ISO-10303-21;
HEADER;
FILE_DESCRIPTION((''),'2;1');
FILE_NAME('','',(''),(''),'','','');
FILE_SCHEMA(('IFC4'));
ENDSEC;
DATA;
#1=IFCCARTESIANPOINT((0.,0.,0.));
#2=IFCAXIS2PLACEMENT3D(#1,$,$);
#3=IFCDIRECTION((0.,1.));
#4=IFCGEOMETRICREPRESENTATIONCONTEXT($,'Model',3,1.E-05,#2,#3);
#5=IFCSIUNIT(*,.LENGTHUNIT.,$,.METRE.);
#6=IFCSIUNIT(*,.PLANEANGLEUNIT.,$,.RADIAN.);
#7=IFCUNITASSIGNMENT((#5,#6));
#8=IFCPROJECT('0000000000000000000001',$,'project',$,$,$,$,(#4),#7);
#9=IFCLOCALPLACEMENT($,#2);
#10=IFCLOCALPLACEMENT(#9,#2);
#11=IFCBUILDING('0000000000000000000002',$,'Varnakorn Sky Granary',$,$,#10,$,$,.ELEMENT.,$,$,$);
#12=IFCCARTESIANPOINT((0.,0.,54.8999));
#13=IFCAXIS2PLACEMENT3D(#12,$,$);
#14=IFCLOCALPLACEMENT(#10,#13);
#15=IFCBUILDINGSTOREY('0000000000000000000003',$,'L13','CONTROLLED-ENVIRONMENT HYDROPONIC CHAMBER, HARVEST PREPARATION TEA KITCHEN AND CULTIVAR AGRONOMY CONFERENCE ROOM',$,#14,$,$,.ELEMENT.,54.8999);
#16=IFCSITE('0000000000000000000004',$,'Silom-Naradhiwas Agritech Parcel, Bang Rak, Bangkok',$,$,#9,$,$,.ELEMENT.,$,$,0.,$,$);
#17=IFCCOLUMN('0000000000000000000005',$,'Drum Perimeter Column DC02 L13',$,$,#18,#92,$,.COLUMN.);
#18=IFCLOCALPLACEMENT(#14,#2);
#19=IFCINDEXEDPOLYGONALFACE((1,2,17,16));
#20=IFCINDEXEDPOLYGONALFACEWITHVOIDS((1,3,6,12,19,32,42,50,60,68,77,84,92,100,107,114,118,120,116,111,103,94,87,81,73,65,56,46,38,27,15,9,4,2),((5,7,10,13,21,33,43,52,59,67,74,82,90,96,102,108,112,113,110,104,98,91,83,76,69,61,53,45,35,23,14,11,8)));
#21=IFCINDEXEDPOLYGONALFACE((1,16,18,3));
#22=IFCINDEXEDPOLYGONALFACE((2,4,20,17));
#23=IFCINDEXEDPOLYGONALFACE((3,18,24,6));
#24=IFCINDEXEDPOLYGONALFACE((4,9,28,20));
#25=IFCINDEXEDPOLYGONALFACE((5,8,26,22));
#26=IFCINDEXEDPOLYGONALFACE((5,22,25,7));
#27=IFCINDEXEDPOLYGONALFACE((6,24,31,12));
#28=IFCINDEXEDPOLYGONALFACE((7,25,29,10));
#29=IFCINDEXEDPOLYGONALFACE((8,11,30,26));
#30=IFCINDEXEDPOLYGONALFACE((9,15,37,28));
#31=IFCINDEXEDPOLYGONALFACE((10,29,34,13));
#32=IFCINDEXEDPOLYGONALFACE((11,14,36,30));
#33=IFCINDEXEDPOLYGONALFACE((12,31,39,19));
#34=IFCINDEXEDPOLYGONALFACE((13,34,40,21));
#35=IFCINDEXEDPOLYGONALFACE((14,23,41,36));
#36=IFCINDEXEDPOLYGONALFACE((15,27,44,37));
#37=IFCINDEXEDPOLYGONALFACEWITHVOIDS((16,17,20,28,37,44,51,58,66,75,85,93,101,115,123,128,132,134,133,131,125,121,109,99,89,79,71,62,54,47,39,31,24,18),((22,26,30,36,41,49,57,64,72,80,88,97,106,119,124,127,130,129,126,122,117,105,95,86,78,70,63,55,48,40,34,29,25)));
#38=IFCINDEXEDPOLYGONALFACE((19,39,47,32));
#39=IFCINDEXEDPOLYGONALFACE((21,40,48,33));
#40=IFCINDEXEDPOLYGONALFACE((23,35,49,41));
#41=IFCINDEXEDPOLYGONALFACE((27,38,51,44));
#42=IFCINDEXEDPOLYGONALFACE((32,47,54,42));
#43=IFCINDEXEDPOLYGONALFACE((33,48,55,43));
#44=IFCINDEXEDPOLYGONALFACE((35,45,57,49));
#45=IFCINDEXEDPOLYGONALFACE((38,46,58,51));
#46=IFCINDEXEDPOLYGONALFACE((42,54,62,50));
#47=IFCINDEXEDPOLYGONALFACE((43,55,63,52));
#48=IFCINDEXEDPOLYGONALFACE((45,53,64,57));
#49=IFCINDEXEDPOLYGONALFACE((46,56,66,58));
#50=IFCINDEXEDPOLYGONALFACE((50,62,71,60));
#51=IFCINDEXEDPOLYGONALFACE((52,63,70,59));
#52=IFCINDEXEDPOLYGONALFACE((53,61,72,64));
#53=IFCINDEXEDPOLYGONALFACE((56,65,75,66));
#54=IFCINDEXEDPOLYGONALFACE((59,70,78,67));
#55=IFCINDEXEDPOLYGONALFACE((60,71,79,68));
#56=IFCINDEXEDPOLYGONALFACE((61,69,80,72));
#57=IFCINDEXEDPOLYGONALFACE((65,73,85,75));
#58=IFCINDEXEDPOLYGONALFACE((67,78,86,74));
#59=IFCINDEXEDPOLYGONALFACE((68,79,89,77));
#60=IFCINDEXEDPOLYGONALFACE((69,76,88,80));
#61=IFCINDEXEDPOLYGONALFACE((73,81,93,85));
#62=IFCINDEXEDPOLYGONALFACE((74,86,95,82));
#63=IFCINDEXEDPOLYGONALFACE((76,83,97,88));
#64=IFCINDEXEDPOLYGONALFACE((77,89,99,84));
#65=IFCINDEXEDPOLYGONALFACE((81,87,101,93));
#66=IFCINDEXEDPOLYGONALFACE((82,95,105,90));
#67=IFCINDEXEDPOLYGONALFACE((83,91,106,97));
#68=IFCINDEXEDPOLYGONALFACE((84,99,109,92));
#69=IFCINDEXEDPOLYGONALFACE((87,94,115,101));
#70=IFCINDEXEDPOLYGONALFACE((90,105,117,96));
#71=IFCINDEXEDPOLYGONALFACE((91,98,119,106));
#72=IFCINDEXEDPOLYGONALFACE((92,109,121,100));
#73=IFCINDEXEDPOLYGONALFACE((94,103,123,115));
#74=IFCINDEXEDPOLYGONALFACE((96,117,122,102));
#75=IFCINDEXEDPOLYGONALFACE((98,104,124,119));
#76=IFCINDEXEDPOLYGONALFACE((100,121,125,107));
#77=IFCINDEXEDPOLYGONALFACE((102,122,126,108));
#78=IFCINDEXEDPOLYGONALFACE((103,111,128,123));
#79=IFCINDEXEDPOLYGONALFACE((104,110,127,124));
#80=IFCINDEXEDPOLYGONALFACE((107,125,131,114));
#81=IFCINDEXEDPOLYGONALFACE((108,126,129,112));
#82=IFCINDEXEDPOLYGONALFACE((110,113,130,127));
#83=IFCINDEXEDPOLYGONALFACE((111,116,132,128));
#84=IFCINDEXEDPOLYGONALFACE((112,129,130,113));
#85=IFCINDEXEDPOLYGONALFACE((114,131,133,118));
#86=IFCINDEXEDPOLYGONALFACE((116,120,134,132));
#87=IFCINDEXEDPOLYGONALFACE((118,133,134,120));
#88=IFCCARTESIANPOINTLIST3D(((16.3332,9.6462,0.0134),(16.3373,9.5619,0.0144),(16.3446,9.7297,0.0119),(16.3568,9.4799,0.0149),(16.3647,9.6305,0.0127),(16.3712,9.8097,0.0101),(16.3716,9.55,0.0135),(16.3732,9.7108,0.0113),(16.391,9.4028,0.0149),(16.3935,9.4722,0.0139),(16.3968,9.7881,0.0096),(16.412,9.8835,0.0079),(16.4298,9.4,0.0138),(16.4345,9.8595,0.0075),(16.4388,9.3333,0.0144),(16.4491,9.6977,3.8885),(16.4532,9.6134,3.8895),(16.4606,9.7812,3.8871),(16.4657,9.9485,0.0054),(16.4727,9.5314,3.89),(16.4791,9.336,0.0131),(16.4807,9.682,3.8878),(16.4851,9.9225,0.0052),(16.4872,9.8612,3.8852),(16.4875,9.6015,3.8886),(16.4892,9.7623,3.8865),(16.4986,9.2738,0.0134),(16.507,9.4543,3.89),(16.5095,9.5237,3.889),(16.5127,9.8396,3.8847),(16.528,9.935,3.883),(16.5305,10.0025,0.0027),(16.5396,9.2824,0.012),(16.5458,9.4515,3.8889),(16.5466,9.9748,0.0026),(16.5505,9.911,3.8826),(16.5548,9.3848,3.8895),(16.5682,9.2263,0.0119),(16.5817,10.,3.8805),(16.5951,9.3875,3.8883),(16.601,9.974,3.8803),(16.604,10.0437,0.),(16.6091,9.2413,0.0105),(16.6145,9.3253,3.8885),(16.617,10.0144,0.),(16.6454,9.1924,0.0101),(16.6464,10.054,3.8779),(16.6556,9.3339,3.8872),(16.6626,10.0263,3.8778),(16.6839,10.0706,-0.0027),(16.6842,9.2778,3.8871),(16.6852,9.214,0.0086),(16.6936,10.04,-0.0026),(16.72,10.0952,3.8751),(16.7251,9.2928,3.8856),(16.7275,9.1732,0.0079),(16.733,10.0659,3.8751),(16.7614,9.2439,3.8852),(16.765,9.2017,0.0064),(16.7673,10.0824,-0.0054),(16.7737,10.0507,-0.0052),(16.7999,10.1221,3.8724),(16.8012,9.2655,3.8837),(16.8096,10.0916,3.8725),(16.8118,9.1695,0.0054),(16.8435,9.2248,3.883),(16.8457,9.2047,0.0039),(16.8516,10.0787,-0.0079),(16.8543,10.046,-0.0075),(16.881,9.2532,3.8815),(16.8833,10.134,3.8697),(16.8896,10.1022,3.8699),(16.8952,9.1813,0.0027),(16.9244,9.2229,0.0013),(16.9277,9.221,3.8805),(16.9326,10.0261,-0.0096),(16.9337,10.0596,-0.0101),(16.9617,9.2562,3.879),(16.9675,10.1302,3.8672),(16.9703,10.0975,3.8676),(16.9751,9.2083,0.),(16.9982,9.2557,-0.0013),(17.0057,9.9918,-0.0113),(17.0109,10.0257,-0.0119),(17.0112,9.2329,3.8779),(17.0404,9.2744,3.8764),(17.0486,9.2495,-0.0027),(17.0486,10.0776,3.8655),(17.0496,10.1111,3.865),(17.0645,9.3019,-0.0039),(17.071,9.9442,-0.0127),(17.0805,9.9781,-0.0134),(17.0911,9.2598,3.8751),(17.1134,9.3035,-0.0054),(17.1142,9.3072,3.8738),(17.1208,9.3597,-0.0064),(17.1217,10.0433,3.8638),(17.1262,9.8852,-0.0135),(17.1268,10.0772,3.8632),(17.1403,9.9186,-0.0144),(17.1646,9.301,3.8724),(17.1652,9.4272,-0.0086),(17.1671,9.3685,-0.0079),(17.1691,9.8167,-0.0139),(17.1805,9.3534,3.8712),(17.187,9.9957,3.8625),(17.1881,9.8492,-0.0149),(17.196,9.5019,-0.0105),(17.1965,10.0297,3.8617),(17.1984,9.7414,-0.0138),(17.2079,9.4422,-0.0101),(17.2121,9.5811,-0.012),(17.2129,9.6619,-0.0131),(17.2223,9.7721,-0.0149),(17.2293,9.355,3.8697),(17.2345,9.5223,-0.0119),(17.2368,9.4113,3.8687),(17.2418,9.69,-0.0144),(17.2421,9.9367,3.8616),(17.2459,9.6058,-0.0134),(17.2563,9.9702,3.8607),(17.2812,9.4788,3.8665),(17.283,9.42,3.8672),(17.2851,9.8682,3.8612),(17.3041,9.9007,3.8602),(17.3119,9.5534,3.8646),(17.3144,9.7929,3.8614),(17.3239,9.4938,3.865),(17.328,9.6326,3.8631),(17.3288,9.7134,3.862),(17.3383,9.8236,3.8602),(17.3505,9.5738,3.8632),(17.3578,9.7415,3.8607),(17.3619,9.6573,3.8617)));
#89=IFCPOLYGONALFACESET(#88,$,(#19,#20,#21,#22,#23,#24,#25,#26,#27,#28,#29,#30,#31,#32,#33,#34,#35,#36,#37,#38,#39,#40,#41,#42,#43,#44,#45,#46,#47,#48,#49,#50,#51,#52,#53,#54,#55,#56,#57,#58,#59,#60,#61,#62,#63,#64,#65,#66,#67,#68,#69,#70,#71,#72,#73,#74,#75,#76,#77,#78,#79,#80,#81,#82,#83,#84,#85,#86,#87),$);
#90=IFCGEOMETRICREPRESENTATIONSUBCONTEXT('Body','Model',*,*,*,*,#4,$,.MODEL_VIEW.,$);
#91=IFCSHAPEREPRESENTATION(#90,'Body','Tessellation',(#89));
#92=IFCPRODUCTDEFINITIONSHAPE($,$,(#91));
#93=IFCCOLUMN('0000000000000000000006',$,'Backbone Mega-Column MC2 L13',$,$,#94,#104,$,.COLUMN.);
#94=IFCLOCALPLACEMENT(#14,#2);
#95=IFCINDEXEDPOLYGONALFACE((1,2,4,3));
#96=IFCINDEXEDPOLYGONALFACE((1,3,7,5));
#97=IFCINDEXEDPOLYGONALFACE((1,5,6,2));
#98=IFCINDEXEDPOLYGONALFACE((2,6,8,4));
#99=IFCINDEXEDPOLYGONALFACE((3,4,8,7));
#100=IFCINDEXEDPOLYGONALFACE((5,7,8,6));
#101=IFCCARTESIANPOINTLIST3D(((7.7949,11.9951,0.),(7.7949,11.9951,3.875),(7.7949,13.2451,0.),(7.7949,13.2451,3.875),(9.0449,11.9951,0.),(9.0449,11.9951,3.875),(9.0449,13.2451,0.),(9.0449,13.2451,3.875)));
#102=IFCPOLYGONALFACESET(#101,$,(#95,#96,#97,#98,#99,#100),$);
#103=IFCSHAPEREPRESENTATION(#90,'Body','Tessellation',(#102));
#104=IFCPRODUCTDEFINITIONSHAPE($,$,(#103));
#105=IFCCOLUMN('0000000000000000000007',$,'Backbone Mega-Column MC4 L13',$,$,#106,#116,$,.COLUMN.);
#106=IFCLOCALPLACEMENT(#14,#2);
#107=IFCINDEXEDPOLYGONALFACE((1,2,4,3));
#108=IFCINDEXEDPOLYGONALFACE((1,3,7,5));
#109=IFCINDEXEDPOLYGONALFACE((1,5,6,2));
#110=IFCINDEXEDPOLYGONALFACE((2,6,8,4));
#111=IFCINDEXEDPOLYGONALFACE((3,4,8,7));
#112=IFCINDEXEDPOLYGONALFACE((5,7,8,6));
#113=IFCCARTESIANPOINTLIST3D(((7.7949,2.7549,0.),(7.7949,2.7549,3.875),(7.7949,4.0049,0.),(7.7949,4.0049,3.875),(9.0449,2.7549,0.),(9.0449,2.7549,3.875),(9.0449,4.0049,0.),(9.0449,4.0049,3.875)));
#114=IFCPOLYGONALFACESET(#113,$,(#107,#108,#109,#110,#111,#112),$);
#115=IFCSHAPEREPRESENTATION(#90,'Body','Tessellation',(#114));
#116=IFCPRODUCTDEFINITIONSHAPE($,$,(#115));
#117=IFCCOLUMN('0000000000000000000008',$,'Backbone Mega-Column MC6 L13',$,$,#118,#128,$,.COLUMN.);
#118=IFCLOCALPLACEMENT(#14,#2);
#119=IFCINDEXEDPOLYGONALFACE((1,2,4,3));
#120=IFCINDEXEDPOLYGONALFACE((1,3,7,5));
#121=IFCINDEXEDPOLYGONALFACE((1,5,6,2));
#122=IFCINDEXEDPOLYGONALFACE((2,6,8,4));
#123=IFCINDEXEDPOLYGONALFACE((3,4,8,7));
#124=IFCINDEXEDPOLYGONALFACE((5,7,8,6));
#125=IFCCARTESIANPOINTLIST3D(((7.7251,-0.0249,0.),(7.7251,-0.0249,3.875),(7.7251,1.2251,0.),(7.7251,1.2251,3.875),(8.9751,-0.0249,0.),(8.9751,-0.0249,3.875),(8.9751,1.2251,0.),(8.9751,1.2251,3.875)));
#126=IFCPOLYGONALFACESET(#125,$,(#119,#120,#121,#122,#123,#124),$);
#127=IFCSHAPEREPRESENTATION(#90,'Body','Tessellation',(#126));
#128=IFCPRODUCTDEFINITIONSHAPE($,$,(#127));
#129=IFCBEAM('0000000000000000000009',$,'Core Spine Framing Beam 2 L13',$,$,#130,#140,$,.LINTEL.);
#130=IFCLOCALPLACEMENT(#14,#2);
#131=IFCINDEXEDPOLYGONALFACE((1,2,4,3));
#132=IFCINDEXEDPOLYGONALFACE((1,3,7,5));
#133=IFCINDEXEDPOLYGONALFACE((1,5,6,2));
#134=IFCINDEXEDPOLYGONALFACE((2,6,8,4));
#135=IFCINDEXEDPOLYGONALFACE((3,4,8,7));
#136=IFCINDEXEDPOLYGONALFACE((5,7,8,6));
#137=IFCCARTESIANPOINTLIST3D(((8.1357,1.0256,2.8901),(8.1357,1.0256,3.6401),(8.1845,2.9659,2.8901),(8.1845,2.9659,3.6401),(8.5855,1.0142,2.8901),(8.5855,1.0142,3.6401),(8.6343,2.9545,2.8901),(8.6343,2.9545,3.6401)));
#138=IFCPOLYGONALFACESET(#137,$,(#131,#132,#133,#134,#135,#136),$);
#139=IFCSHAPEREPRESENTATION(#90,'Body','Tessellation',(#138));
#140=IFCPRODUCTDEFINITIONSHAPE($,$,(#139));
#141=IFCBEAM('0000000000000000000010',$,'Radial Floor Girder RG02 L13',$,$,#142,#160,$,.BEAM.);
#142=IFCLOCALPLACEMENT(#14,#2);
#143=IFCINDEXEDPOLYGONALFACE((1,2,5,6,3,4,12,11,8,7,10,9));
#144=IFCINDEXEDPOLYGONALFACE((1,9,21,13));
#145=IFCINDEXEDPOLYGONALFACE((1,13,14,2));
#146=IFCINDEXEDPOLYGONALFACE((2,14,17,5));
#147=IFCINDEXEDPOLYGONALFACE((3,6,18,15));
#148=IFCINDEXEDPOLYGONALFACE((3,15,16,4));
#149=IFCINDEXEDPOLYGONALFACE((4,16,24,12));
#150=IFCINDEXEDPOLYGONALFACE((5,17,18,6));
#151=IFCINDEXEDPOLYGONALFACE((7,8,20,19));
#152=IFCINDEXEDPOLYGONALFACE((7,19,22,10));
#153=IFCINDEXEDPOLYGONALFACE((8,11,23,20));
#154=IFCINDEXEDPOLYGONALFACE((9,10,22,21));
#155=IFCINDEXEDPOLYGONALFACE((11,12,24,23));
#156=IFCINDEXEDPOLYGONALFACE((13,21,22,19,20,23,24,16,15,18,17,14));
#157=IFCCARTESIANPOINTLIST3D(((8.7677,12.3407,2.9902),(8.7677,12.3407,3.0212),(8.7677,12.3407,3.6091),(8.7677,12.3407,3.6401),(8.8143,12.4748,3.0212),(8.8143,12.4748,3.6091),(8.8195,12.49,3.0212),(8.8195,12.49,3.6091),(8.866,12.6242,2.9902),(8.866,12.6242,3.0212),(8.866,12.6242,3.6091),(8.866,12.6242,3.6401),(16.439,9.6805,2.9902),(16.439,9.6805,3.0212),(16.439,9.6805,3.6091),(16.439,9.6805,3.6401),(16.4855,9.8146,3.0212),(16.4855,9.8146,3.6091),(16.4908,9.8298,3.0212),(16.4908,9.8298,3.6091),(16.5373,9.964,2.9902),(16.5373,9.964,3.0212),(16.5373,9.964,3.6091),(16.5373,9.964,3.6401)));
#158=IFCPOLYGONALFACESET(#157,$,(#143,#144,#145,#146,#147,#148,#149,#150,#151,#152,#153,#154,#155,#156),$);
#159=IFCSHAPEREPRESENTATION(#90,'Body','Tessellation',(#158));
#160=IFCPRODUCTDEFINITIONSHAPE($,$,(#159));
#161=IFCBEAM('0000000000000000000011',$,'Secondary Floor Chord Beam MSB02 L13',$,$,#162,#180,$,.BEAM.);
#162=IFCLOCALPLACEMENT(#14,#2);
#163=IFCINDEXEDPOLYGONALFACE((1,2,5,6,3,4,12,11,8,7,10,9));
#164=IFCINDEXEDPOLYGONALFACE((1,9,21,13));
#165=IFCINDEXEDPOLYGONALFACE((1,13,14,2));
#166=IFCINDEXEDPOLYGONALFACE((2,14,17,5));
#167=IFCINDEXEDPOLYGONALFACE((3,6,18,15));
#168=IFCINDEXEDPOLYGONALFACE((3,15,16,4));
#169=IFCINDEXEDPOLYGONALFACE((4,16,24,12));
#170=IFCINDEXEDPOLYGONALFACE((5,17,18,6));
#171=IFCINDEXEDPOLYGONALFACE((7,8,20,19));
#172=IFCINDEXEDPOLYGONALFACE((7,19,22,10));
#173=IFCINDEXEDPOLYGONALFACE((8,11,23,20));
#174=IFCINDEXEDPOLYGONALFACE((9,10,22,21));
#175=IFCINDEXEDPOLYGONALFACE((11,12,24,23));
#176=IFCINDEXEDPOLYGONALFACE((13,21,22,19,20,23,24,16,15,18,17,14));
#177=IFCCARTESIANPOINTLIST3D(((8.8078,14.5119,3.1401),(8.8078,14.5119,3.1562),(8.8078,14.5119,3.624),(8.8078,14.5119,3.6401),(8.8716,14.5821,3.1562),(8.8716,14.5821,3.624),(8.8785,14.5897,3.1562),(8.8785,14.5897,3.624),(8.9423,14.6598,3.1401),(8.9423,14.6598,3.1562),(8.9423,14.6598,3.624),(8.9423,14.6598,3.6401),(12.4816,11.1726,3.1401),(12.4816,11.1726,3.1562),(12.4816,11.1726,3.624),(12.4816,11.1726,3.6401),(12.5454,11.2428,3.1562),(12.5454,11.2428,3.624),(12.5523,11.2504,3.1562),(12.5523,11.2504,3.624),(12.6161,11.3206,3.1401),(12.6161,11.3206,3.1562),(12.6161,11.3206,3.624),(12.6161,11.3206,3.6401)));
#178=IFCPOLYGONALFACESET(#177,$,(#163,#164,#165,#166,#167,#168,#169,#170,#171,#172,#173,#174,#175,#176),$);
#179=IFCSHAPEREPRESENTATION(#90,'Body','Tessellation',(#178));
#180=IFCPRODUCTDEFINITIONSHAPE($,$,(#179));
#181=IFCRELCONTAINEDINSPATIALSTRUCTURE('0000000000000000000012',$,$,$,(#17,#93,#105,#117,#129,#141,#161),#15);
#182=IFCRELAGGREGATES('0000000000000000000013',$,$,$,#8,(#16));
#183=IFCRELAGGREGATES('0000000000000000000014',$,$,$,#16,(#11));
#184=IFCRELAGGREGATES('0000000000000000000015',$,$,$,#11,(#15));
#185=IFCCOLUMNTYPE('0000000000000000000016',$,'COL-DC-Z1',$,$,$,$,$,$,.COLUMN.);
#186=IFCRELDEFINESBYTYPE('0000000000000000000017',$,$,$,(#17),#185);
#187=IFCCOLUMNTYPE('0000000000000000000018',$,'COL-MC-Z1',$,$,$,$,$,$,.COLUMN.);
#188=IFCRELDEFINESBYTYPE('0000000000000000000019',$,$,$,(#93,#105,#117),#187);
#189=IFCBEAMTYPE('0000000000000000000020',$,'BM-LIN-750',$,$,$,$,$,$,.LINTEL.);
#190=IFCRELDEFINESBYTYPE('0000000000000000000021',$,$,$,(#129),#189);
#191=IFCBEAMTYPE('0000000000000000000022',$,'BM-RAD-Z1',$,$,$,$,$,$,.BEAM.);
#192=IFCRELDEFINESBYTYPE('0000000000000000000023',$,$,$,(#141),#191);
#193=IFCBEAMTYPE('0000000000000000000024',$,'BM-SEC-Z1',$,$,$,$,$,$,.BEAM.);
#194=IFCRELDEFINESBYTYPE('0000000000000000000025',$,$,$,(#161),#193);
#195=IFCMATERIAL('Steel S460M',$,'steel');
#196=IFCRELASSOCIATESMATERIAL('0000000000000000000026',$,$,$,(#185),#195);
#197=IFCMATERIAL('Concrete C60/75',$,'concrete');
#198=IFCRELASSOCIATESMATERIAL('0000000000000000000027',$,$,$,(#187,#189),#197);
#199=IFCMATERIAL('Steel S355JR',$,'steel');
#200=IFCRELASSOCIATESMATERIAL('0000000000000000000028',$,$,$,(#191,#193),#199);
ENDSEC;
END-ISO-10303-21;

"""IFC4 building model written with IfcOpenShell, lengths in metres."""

from ifc_helpers import new_model, si_unit, direction, frame, origin, origin_2d, place, context, subcontext, project, spatial, rectangle, hollow_circle, i_section, extrude, material, material_profile, profile_set, type_object, element, save


model = new_model("IFC4")

# Units and contexts
model_context = context("Model", 3, precision=1e-05, world=origin(), true_north=direction((0.0, 1.0)))
body_context = subcontext(model_context, "Body", "Model", "MODEL_VIEW")
ifc_project = project(units=[si_unit("LENGTHUNIT", "METRE"), si_unit("PLANEANGLEUNIT", "RADIAN")], contexts=[model_context])

# Site, building, storey
site_placement = place(None, origin())
site = spatial("IfcSite", under=ifc_project, at=site_placement, Name="Silom-Naradhiwas Agritech Parcel, Bang Rak, Bangkok", CompositionType="ELEMENT", RefElevation=0.0)
building_placement = place(site_placement, origin())
building = spatial("IfcBuilding", under=site, at=building_placement, Name="Varnakorn Sky Granary", CompositionType="ELEMENT")
storey_placement = place(building_placement, frame((0.0, 0.0, 54.8999)))
storey = spatial("IfcBuildingStorey", under=building, at=storey_placement, Name="L13", Description="CONTROLLED-ENVIRONMENT HYDROPONIC CHAMBER, HARVEST PREPARATION TEA KITCHEN AND CULTIVAR AGRONOMY CONFERENCE ROOM", CompositionType="ELEMENT", Elevation=54.8999)

# Columns
ifc_material_1 = material(Name="Steel S460M", Category="steel")
ifc_material_profile_1 = material_profile(ifc_material_1, hollow_circle(Radius=0.457, WallThickness=0.032, at=origin_2d()), Name="CHS 914x32")
ifc_profile_set_1 = profile_set([ifc_material_profile_1], Name="Steel S460M")
column_type_1 = type_object("IfcColumnType", Name="COL-DC-Z1", PredefinedType="COLUMN", material=ifc_profile_set_1)
column_placement = place(storey_placement, frame((16.7896, 9.626, 0.0), z_axis=(0.029911, 0.013287, 0.999464), x_axis=(-0.40596, 0.913891, 0.0)))
element("IfcColumn", 1, at=column_placement, inside=storey, type_object=column_type_1, Name="Drum Perimeter Column DC02 L13", PredefinedType="COLUMN", context=body_context, shape_type="SweptSolid", body=[
    extrude(hollow_circle(Radius=0.457, WallThickness=0.032, at=origin_2d()), origin(), (0.0, 0.0, 1.0), 3.8772),
])
ifc_material_2 = material(Name="Concrete C60/75", Category="concrete")
ifc_material_profile_2 = material_profile(ifc_material_2, rectangle(XDim=1.25, YDim=1.25, at=origin_2d()), Name="RC 1250x1250")
ifc_profile_set_2 = profile_set([ifc_material_profile_2], Name="Concrete C60/75")
column_type_2 = type_object("IfcColumnType", Name="COL-MC-Z1", PredefinedType="COLUMN", material=ifc_profile_set_2)
for number, where, z_axis, x_axis, name in (
    (2, (8.4199, 12.6201, 0.0), (0.0, 0.0, 1.0), (1.0, 0.0, 0.0), "Backbone Mega-Column MC2 L13"),
    (3, (8.4199, 3.3799, 0.0), (0.0, 0.0, 1.0), (1.0, 0.0, 0.0), "Backbone Mega-Column MC4 L13"),
    (4, (8.3501, 0.6001, 0.0), (0.0, 0.0, 1.0), (1.0, 0.0, 0.0), "Backbone Mega-Column MC6 L13"),
):
    element("IfcColumn", number, at=place(storey_placement, frame(where, z_axis=z_axis, x_axis=x_axis)), inside=storey, type_object=column_type_2, Name=name, PredefinedType="COLUMN", context=body_context, shape_type="SweptSolid", body=[
        extrude(rectangle(XDim=1.25, YDim=1.25, at=origin_2d()), origin(), (0.0, 0.0, 1.0), 3.875),
    ])

# Beams
ifc_material_profile_3 = material_profile(ifc_material_2, rectangle(XDim=0.45, YDim=0.75, at=origin_2d()), Name="RC 450x750")
ifc_profile_set_3 = profile_set([ifc_material_profile_3], Name="Concrete C60/75")
beam_type_1 = type_object("IfcBeamType", Name="BM-LIN-750", PredefinedType="LINTEL", material=ifc_profile_set_3)
beam_1_placement = place(storey_placement, frame((8.4094, 2.9602, 3.2651), z_axis=(-0.025159, -0.999683, 0.0), x_axis=(0.999683, -0.025159, 0.0)))
element("IfcBeam", 5, at=beam_1_placement, inside=storey, type_object=beam_type_1, Name="Core Spine Framing Beam 2 L13", PredefinedType="LINTEL", context=body_context, shape_type="SweptSolid", body=[
    extrude(rectangle(XDim=0.45, YDim=0.75, at=origin_2d()), origin(), (0.0, 0.0, 1.0), 1.9409),
])
ifc_material_3 = material(Name="Steel S355JR", Category="steel")
ifc_material_profile_4 = material_profile(ifc_material_3, i_section(OverallWidth=0.3, OverallDepth=0.6499, WebThickness=0.0161, FlangeThickness=0.031, at=origin_2d()), Name="HE 650 B")
ifc_profile_set_4 = profile_set([ifc_material_profile_4], Name="Steel S355JR")
beam_type_2 = type_object("IfcBeamType", Name="BM-RAD-Z1", PredefinedType="BEAM", material=ifc_profile_set_4)
beam_2_placement = place(storey_placement, frame((8.8169, 12.4824, 3.3152), z_axis=(0.944805, -0.327634, 0.0), x_axis=(0.327634, 0.944805, 0.0)))
element("IfcBeam", 6, at=beam_2_placement, inside=storey, type_object=beam_type_2, Name="Radial Floor Girder RG02 L13", PredefinedType="BEAM", context=body_context, shape_type="SweptSolid", body=[
    extrude(i_section(OverallWidth=0.3, OverallDepth=0.6499, WebThickness=0.0161, FlangeThickness=0.031, at=origin_2d()), origin(), (0.0, 0.0, 1.0), 8.1194),
])
ifc_material_profile_5 = material_profile(ifc_material_3, i_section(OverallWidth=0.2, OverallDepth=0.5, WebThickness=0.0103, FlangeThickness=0.0161, at=origin_2d()), Name="IPE 500")
ifc_profile_set_5 = profile_set([ifc_material_profile_5], Name="Steel S355JR")
beam_type_3 = type_object("IfcBeamType", Name="BM-SEC-Z1", PredefinedType="BEAM", material=ifc_profile_set_5)
beam_3_placement = place(storey_placement, frame((12.5488, 11.2466, 3.3901), z_axis=(-0.739989, 0.672619, 0.0), x_axis=(-0.672619, -0.739989, 0.0)))
element("IfcBeam", 7, at=beam_3_placement, inside=storey, type_object=beam_type_3, Name="Secondary Floor Chord Beam MSB02 L13", PredefinedType="BEAM", context=body_context, shape_type="SweptSolid", body=[
    extrude(i_section(OverallWidth=0.2, OverallDepth=0.5, WebThickness=0.0103, FlangeThickness=0.0161, at=origin_2d()), origin(), (0.0, 0.0, 1.0), 4.9646),
])

save(model, "model.ifc")
